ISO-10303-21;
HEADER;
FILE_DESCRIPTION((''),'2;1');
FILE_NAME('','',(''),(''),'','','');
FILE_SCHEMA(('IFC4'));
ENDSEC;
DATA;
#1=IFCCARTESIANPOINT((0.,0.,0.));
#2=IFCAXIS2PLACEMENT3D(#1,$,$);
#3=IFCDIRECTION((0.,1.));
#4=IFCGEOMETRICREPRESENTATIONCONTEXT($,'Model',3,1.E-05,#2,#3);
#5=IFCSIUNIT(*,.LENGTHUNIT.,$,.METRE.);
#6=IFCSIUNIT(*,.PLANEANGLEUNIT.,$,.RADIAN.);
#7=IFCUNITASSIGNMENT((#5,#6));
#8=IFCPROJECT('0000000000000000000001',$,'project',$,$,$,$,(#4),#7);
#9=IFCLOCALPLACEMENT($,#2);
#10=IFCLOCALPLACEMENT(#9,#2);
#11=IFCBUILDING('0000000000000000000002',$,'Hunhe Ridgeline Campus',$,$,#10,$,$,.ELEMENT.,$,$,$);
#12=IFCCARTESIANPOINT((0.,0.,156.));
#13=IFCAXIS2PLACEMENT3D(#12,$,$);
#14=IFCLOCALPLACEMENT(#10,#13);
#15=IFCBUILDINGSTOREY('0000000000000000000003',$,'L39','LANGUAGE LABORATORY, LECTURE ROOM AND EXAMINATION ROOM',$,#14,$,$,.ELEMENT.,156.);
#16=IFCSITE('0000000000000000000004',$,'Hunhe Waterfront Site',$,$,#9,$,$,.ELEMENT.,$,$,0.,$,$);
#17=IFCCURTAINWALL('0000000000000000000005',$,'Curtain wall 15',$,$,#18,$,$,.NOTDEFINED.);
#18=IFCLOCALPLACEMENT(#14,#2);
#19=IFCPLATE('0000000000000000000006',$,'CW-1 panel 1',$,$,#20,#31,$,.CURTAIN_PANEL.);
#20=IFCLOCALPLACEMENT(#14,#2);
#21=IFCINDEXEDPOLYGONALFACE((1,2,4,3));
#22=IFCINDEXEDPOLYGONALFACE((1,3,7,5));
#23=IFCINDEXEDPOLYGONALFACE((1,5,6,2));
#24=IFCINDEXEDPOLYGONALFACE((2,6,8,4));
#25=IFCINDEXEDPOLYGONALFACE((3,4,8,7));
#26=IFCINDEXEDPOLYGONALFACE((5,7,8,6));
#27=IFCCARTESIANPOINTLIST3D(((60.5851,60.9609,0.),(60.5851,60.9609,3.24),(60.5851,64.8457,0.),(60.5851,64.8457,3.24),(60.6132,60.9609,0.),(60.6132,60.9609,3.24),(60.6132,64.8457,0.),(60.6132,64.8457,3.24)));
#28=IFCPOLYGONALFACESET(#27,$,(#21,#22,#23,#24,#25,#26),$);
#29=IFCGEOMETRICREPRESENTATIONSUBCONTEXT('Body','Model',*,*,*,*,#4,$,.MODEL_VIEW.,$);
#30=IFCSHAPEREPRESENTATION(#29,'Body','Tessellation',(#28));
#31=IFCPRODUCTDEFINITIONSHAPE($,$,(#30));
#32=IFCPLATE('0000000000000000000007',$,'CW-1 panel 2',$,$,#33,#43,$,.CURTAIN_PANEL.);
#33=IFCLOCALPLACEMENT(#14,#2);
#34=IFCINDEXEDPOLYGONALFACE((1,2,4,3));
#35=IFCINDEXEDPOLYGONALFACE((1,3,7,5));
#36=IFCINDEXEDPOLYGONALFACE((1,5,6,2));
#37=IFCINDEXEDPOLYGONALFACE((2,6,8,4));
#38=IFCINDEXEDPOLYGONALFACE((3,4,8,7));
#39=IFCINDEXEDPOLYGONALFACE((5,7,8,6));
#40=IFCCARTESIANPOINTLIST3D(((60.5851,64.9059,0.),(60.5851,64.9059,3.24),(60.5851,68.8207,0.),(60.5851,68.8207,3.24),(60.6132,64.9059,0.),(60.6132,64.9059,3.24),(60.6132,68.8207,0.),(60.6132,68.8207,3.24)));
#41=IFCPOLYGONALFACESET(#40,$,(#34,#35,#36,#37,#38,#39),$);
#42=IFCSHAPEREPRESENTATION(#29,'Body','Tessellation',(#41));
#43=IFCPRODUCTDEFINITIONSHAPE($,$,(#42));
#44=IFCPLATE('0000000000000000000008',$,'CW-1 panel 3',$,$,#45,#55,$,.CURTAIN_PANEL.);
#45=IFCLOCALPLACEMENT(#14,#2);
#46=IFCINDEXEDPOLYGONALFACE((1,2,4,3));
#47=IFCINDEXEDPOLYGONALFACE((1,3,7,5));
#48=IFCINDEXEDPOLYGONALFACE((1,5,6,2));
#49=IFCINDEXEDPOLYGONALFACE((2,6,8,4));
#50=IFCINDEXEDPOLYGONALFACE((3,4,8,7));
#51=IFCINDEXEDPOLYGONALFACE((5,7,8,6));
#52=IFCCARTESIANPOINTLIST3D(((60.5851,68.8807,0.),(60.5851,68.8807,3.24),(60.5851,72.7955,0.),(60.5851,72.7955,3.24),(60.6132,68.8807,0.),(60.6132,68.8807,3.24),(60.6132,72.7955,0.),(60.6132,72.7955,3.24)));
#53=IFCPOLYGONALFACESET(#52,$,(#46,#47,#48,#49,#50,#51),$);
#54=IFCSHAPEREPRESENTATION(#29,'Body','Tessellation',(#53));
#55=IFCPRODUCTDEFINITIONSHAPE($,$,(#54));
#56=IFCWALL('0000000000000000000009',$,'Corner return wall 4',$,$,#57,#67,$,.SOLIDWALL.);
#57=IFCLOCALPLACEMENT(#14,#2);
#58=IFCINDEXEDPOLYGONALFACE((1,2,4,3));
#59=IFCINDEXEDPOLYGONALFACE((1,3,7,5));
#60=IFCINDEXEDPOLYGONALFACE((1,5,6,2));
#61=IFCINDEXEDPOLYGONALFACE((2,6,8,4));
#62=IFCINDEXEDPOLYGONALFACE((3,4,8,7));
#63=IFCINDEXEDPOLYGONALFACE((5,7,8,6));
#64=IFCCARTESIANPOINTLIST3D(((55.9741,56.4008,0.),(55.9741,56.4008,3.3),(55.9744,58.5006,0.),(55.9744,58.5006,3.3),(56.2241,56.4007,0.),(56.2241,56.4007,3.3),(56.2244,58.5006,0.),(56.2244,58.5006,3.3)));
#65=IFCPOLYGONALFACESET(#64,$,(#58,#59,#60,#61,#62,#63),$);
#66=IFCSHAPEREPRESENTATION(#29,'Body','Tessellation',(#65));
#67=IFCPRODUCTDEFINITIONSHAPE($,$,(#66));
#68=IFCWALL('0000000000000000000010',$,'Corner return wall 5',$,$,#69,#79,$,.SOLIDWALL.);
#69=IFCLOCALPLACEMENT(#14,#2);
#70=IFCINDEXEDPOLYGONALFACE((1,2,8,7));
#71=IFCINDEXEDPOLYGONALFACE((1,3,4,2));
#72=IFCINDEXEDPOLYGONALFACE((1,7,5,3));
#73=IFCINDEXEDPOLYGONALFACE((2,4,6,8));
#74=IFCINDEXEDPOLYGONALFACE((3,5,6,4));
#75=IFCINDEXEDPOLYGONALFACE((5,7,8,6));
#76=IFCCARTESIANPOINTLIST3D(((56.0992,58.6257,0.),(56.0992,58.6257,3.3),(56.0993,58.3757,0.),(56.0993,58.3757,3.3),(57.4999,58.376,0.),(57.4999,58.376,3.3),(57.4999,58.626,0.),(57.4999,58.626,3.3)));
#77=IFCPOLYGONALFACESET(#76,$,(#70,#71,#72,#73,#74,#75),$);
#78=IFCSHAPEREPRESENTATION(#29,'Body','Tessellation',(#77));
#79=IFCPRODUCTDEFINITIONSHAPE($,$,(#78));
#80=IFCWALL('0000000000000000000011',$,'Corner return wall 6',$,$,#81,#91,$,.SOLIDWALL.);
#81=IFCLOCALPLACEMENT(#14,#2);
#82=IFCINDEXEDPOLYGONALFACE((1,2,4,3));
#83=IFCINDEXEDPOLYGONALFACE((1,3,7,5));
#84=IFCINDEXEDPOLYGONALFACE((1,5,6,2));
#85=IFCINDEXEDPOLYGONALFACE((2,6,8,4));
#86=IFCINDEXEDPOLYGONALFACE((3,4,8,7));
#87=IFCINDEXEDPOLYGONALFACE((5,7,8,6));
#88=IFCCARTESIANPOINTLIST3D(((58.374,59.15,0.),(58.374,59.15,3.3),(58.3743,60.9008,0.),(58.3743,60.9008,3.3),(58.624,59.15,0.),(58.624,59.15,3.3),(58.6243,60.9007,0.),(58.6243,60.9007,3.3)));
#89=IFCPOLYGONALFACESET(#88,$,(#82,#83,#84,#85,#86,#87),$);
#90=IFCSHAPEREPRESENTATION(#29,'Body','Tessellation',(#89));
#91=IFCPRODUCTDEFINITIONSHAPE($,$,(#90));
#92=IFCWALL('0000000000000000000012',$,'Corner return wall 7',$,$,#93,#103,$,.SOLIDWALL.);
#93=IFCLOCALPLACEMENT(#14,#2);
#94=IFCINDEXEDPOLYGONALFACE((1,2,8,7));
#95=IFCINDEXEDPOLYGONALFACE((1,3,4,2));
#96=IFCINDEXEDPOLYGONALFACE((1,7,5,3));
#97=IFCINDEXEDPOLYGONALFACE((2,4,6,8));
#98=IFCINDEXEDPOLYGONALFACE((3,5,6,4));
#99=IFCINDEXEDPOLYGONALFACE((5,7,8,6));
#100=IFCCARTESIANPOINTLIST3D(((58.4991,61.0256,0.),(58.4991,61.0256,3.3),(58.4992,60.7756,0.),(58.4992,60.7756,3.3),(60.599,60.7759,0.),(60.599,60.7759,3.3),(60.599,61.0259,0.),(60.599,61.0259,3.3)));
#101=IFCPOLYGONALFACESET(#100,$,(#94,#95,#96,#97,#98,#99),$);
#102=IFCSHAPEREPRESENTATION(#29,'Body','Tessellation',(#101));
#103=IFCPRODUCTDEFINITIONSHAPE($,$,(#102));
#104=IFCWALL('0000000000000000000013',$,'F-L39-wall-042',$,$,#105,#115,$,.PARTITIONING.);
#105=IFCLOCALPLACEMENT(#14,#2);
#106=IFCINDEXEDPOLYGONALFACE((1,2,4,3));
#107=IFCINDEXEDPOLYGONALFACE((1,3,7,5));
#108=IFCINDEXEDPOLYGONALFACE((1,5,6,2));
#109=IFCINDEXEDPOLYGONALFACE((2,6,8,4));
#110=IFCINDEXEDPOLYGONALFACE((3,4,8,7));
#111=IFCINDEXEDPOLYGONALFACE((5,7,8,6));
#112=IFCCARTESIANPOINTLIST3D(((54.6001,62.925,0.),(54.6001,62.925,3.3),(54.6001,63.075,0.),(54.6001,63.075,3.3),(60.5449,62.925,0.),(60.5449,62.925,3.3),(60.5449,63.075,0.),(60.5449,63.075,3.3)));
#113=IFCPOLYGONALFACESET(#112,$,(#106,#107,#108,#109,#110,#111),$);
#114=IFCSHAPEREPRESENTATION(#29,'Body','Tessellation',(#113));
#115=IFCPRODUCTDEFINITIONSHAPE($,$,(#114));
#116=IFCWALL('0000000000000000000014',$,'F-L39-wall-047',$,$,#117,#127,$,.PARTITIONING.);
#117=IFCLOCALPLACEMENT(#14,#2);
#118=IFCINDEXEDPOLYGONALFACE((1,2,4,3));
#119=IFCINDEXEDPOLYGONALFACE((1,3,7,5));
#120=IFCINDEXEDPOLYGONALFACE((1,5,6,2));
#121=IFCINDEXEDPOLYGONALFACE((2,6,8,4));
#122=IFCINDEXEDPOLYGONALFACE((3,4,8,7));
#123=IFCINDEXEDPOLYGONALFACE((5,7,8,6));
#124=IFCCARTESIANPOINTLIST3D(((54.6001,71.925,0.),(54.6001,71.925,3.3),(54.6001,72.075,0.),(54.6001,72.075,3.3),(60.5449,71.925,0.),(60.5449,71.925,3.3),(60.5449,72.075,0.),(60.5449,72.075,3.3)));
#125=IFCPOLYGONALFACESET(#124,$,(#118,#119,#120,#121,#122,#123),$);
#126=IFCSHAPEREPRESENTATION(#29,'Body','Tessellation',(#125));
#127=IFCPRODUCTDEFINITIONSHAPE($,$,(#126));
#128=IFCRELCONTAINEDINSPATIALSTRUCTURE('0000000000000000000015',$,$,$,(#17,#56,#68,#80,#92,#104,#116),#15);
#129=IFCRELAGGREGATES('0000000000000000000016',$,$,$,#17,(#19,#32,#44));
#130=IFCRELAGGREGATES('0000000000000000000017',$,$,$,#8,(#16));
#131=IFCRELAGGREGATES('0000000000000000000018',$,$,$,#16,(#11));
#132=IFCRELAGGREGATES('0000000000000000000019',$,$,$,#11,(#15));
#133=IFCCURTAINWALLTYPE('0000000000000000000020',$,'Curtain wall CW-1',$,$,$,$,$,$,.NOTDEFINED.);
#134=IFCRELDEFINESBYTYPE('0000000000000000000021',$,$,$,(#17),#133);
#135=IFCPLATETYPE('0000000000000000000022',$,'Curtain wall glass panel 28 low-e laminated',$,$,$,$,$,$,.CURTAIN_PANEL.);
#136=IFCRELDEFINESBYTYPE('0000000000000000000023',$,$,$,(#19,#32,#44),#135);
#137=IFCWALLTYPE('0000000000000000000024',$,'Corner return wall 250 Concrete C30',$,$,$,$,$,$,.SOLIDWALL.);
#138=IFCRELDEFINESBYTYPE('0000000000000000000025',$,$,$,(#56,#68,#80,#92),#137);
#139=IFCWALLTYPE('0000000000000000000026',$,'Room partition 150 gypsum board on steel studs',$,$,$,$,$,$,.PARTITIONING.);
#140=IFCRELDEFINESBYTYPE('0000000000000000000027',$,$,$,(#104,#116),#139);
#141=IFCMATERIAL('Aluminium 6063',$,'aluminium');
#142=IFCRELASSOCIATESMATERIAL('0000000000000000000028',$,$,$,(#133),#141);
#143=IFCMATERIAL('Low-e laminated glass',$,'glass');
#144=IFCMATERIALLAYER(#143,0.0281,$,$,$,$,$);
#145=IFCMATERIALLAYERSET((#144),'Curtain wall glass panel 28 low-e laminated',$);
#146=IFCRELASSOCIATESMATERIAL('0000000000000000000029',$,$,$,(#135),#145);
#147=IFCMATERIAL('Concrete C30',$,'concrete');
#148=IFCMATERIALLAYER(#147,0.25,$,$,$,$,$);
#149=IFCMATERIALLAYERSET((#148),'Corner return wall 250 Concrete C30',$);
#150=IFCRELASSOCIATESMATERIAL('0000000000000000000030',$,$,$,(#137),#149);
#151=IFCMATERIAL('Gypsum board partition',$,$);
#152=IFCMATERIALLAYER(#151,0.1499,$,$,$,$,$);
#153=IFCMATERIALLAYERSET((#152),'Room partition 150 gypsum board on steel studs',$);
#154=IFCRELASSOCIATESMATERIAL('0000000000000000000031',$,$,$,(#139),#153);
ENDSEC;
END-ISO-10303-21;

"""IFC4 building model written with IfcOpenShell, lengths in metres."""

from ifc_helpers import new_model, si_unit, direction, frame, frame_2d, origin, origin_2d, place, context, subcontext, project, spatial, rectangle, extrude, material, layer, layer_set, type_object, element, aggregate, save


model = new_model("IFC4")

# Units and contexts
model_context = context("Model", 3, precision=1e-05, world=origin(), true_north=direction((0.0, 1.0)))
body_context = subcontext(model_context, "Body", "Model", "MODEL_VIEW")
ifc_project = project(units=[si_unit("LENGTHUNIT", "METRE"), si_unit("PLANEANGLEUNIT", "RADIAN")], contexts=[model_context])

# Site, building, storey
site_placement = place(None, origin())
site = spatial("IfcSite", under=ifc_project, at=site_placement, Name="Hunhe Waterfront Site", CompositionType="ELEMENT", RefElevation=0.0)
building_placement = place(site_placement, origin())
building = spatial("IfcBuilding", under=site, at=building_placement, Name="Hunhe Ridgeline Campus", CompositionType="ELEMENT")
storey_placement = place(building_placement, frame((0.0, 0.0, 156.0)))
storey = spatial("IfcBuildingStorey", under=building, at=storey_placement, Name="L39", Description="LANGUAGE LABORATORY, LECTURE ROOM AND EXAMINATION ROOM", CompositionType="ELEMENT", Elevation=156.0)

# Shared definitions
ifc_material_1 = material(Name="Aluminium 6063", Category="aluminium")
curtain_wall_type = type_object("IfcCurtainWallType", Name="Curtain wall CW-1", PredefinedType="NOTDEFINED", material=ifc_material_1)

# Curtain wall
curtain_wall_1_placement = place(storey_placement, origin())
curtain_wall_1 = element("IfcCurtainWall", 1, at=curtain_wall_1_placement, inside=storey, type_object=curtain_wall_type, Name="Curtain wall 15", PredefinedType="NOTDEFINED")

# Plates
ifc_material_2 = material(Name="Low-e laminated glass", Category="glass")
ifc_layer_1 = layer(ifc_material_2, 0.0281)
ifc_layer_set_1 = layer_set([ifc_layer_1], Name="Curtain wall glass panel 28 low-e laminated")
plate_type = type_object("IfcPlateType", Name="Curtain wall glass panel 28 low-e laminated", PredefinedType="CURTAIN_PANEL", material=ifc_layer_set_1)
plate_1_placement = place(storey_placement, frame((60.5991, 62.9033, 0.0), z_axis=(0.0, 0.0, 1.0), x_axis=(0.0, 1.0, 0.0)))
plate_1 = element("IfcPlate", 2, at=plate_1_placement, type_object=plate_type, Name="CW-1 panel 1", PredefinedType="CURTAIN_PANEL", context=body_context, shape_type="SweptSolid", body=[
    extrude(rectangle(XDim=3.8848, YDim=0.0281, at=origin_2d()), origin(), (0.0, 0.0, 1.0), 3.24),
])
plate_2_placement = place(storey_placement, frame((60.5991, 66.8633, 0.0), z_axis=(0.0, 0.0, 1.0), x_axis=(0.0, 1.0, 0.0)))
plate_2 = element("IfcPlate", 3, at=plate_2_placement, type_object=plate_type, Name="CW-1 panel 2", PredefinedType="CURTAIN_PANEL", context=body_context, shape_type="SweptSolid", body=[
    extrude(rectangle(XDim=3.9148, YDim=0.0281, at=origin_2d()), origin(), (0.0, 0.0, 1.0), 3.24),
])
plate_3_placement = place(storey_placement, frame((60.5991, 70.8381, 0.0), z_axis=(0.0, 0.0, 1.0), x_axis=(0.0, 1.0, 0.0)))
plate_3 = element("IfcPlate", 4, at=plate_3_placement, type_object=plate_type, Name="CW-1 panel 3", PredefinedType="CURTAIN_PANEL", context=body_context, shape_type="SweptSolid", body=[
    extrude(rectangle(XDim=3.9148, YDim=0.0281, at=origin_2d()), origin(), (0.0, 0.0, 1.0), 3.24),
])
aggregate(curtain_wall_1, [plate_1, plate_2, plate_3])

# Walls
ifc_material_3 = material(Name="Concrete C30", Category="concrete")
ifc_layer_2 = layer(ifc_material_3, 0.25)
ifc_layer_set_2 = layer_set([ifc_layer_2], Name="Corner return wall 250 Concrete C30")
wall_type_1 = type_object("IfcWallType", Name="Corner return wall 250 Concrete C30", PredefinedType="SOLIDWALL", material=ifc_layer_set_2)
wall_1_placement = place(storey_placement, frame((56.0991, 56.4009, 0.0), z_axis=(0.0, 0.0, 1.0), x_axis=(0.000116, 1.0, 0.0)))
element("IfcWall", 5, at=wall_1_placement, inside=storey, type_object=wall_type_1, Name="Corner return wall 4", PredefinedType="SOLIDWALL", context=body_context, shape_type="SweptSolid", body=[
    extrude(rectangle(XDim=2.0999, YDim=0.25, at=frame_2d((1.0498, 0.0))), origin(), (0.0, 0.0, 1.0), 3.3),
])
wall_2_placement = place(storey_placement, frame((56.0994, 58.5007, 0.0), z_axis=(0.0, 0.0, 1.0), x_axis=(1.0, 0.000174, 0.0)))
element("IfcWall", 6, at=wall_2_placement, inside=storey, type_object=wall_type_1, Name="Corner return wall 5", PredefinedType="SOLIDWALL", context=body_context, shape_type="SweptSolid", body=[
    extrude(rectangle(XDim=1.4006, YDim=0.25, at=frame_2d((0.7002, 0.0))), origin(), (0.0, 0.0, 1.0), 3.3),
])
wall_3_placement = place(storey_placement, frame((58.499, 59.1499, 0.0), z_axis=(0.0, 0.0, 1.0), x_axis=(0.000139, 1.0, 0.0)))
element("IfcWall", 7, at=wall_3_placement, inside=storey, type_object=wall_type_1, Name="Corner return wall 6", PredefinedType="SOLIDWALL", context=body_context, shape_type="SweptSolid", body=[
    extrude(rectangle(XDim=1.7507, YDim=0.25, at=frame_2d((0.8755, 0.0))), origin(), (0.0, 0.0, 1.0), 3.3),
])
wall_4_placement = place(storey_placement, frame((58.4993, 60.9006, 0.0), z_axis=(0.0, 0.0, 1.0), x_axis=(1.0, 0.000116, 0.0)))
element("IfcWall", 8, at=wall_4_placement, inside=storey, type_object=wall_type_1, Name="Corner return wall 7", PredefinedType="SOLIDWALL", context=body_context, shape_type="SweptSolid", body=[
    extrude(rectangle(XDim=2.0999, YDim=0.25, at=frame_2d((1.0498, 0.0))), origin(), (0.0, 0.0, 1.0), 3.3),
])
ifc_material_4 = material(Name="Gypsum board partition")
ifc_layer_3 = layer(ifc_material_4, 0.1499)
ifc_layer_set_3 = layer_set([ifc_layer_3], Name="Room partition 150 gypsum board on steel studs")
wall_type_2 = type_object("IfcWallType", Name="Room partition 150 gypsum board on steel studs", PredefinedType="PARTITIONING", material=ifc_layer_set_3)
for number, where, z_axis, x_axis, name in (
    (9, (54.6001, 63.0, 0.0), (0.0, 0.0, 1.0), (1.0, 0.0, 0.0), "F-L39-wall-042"),
    (10, (54.6001, 72.0, 0.0), (0.0, 0.0, 1.0), (1.0, 0.0, 0.0), "F-L39-wall-047"),
):
    element("IfcWall", number, at=place(storey_placement, frame(where, z_axis=z_axis, x_axis=x_axis)), inside=storey, type_object=wall_type_2, Name=name, PredefinedType="PARTITIONING", context=body_context, shape_type="SweptSolid", body=[
        extrude(rectangle(XDim=5.9448, YDim=0.1499, at=frame_2d((2.9724, 0.0))), origin(), (0.0, 0.0, 1.0), 3.3),
    ])

save(model, "model.ifc")
